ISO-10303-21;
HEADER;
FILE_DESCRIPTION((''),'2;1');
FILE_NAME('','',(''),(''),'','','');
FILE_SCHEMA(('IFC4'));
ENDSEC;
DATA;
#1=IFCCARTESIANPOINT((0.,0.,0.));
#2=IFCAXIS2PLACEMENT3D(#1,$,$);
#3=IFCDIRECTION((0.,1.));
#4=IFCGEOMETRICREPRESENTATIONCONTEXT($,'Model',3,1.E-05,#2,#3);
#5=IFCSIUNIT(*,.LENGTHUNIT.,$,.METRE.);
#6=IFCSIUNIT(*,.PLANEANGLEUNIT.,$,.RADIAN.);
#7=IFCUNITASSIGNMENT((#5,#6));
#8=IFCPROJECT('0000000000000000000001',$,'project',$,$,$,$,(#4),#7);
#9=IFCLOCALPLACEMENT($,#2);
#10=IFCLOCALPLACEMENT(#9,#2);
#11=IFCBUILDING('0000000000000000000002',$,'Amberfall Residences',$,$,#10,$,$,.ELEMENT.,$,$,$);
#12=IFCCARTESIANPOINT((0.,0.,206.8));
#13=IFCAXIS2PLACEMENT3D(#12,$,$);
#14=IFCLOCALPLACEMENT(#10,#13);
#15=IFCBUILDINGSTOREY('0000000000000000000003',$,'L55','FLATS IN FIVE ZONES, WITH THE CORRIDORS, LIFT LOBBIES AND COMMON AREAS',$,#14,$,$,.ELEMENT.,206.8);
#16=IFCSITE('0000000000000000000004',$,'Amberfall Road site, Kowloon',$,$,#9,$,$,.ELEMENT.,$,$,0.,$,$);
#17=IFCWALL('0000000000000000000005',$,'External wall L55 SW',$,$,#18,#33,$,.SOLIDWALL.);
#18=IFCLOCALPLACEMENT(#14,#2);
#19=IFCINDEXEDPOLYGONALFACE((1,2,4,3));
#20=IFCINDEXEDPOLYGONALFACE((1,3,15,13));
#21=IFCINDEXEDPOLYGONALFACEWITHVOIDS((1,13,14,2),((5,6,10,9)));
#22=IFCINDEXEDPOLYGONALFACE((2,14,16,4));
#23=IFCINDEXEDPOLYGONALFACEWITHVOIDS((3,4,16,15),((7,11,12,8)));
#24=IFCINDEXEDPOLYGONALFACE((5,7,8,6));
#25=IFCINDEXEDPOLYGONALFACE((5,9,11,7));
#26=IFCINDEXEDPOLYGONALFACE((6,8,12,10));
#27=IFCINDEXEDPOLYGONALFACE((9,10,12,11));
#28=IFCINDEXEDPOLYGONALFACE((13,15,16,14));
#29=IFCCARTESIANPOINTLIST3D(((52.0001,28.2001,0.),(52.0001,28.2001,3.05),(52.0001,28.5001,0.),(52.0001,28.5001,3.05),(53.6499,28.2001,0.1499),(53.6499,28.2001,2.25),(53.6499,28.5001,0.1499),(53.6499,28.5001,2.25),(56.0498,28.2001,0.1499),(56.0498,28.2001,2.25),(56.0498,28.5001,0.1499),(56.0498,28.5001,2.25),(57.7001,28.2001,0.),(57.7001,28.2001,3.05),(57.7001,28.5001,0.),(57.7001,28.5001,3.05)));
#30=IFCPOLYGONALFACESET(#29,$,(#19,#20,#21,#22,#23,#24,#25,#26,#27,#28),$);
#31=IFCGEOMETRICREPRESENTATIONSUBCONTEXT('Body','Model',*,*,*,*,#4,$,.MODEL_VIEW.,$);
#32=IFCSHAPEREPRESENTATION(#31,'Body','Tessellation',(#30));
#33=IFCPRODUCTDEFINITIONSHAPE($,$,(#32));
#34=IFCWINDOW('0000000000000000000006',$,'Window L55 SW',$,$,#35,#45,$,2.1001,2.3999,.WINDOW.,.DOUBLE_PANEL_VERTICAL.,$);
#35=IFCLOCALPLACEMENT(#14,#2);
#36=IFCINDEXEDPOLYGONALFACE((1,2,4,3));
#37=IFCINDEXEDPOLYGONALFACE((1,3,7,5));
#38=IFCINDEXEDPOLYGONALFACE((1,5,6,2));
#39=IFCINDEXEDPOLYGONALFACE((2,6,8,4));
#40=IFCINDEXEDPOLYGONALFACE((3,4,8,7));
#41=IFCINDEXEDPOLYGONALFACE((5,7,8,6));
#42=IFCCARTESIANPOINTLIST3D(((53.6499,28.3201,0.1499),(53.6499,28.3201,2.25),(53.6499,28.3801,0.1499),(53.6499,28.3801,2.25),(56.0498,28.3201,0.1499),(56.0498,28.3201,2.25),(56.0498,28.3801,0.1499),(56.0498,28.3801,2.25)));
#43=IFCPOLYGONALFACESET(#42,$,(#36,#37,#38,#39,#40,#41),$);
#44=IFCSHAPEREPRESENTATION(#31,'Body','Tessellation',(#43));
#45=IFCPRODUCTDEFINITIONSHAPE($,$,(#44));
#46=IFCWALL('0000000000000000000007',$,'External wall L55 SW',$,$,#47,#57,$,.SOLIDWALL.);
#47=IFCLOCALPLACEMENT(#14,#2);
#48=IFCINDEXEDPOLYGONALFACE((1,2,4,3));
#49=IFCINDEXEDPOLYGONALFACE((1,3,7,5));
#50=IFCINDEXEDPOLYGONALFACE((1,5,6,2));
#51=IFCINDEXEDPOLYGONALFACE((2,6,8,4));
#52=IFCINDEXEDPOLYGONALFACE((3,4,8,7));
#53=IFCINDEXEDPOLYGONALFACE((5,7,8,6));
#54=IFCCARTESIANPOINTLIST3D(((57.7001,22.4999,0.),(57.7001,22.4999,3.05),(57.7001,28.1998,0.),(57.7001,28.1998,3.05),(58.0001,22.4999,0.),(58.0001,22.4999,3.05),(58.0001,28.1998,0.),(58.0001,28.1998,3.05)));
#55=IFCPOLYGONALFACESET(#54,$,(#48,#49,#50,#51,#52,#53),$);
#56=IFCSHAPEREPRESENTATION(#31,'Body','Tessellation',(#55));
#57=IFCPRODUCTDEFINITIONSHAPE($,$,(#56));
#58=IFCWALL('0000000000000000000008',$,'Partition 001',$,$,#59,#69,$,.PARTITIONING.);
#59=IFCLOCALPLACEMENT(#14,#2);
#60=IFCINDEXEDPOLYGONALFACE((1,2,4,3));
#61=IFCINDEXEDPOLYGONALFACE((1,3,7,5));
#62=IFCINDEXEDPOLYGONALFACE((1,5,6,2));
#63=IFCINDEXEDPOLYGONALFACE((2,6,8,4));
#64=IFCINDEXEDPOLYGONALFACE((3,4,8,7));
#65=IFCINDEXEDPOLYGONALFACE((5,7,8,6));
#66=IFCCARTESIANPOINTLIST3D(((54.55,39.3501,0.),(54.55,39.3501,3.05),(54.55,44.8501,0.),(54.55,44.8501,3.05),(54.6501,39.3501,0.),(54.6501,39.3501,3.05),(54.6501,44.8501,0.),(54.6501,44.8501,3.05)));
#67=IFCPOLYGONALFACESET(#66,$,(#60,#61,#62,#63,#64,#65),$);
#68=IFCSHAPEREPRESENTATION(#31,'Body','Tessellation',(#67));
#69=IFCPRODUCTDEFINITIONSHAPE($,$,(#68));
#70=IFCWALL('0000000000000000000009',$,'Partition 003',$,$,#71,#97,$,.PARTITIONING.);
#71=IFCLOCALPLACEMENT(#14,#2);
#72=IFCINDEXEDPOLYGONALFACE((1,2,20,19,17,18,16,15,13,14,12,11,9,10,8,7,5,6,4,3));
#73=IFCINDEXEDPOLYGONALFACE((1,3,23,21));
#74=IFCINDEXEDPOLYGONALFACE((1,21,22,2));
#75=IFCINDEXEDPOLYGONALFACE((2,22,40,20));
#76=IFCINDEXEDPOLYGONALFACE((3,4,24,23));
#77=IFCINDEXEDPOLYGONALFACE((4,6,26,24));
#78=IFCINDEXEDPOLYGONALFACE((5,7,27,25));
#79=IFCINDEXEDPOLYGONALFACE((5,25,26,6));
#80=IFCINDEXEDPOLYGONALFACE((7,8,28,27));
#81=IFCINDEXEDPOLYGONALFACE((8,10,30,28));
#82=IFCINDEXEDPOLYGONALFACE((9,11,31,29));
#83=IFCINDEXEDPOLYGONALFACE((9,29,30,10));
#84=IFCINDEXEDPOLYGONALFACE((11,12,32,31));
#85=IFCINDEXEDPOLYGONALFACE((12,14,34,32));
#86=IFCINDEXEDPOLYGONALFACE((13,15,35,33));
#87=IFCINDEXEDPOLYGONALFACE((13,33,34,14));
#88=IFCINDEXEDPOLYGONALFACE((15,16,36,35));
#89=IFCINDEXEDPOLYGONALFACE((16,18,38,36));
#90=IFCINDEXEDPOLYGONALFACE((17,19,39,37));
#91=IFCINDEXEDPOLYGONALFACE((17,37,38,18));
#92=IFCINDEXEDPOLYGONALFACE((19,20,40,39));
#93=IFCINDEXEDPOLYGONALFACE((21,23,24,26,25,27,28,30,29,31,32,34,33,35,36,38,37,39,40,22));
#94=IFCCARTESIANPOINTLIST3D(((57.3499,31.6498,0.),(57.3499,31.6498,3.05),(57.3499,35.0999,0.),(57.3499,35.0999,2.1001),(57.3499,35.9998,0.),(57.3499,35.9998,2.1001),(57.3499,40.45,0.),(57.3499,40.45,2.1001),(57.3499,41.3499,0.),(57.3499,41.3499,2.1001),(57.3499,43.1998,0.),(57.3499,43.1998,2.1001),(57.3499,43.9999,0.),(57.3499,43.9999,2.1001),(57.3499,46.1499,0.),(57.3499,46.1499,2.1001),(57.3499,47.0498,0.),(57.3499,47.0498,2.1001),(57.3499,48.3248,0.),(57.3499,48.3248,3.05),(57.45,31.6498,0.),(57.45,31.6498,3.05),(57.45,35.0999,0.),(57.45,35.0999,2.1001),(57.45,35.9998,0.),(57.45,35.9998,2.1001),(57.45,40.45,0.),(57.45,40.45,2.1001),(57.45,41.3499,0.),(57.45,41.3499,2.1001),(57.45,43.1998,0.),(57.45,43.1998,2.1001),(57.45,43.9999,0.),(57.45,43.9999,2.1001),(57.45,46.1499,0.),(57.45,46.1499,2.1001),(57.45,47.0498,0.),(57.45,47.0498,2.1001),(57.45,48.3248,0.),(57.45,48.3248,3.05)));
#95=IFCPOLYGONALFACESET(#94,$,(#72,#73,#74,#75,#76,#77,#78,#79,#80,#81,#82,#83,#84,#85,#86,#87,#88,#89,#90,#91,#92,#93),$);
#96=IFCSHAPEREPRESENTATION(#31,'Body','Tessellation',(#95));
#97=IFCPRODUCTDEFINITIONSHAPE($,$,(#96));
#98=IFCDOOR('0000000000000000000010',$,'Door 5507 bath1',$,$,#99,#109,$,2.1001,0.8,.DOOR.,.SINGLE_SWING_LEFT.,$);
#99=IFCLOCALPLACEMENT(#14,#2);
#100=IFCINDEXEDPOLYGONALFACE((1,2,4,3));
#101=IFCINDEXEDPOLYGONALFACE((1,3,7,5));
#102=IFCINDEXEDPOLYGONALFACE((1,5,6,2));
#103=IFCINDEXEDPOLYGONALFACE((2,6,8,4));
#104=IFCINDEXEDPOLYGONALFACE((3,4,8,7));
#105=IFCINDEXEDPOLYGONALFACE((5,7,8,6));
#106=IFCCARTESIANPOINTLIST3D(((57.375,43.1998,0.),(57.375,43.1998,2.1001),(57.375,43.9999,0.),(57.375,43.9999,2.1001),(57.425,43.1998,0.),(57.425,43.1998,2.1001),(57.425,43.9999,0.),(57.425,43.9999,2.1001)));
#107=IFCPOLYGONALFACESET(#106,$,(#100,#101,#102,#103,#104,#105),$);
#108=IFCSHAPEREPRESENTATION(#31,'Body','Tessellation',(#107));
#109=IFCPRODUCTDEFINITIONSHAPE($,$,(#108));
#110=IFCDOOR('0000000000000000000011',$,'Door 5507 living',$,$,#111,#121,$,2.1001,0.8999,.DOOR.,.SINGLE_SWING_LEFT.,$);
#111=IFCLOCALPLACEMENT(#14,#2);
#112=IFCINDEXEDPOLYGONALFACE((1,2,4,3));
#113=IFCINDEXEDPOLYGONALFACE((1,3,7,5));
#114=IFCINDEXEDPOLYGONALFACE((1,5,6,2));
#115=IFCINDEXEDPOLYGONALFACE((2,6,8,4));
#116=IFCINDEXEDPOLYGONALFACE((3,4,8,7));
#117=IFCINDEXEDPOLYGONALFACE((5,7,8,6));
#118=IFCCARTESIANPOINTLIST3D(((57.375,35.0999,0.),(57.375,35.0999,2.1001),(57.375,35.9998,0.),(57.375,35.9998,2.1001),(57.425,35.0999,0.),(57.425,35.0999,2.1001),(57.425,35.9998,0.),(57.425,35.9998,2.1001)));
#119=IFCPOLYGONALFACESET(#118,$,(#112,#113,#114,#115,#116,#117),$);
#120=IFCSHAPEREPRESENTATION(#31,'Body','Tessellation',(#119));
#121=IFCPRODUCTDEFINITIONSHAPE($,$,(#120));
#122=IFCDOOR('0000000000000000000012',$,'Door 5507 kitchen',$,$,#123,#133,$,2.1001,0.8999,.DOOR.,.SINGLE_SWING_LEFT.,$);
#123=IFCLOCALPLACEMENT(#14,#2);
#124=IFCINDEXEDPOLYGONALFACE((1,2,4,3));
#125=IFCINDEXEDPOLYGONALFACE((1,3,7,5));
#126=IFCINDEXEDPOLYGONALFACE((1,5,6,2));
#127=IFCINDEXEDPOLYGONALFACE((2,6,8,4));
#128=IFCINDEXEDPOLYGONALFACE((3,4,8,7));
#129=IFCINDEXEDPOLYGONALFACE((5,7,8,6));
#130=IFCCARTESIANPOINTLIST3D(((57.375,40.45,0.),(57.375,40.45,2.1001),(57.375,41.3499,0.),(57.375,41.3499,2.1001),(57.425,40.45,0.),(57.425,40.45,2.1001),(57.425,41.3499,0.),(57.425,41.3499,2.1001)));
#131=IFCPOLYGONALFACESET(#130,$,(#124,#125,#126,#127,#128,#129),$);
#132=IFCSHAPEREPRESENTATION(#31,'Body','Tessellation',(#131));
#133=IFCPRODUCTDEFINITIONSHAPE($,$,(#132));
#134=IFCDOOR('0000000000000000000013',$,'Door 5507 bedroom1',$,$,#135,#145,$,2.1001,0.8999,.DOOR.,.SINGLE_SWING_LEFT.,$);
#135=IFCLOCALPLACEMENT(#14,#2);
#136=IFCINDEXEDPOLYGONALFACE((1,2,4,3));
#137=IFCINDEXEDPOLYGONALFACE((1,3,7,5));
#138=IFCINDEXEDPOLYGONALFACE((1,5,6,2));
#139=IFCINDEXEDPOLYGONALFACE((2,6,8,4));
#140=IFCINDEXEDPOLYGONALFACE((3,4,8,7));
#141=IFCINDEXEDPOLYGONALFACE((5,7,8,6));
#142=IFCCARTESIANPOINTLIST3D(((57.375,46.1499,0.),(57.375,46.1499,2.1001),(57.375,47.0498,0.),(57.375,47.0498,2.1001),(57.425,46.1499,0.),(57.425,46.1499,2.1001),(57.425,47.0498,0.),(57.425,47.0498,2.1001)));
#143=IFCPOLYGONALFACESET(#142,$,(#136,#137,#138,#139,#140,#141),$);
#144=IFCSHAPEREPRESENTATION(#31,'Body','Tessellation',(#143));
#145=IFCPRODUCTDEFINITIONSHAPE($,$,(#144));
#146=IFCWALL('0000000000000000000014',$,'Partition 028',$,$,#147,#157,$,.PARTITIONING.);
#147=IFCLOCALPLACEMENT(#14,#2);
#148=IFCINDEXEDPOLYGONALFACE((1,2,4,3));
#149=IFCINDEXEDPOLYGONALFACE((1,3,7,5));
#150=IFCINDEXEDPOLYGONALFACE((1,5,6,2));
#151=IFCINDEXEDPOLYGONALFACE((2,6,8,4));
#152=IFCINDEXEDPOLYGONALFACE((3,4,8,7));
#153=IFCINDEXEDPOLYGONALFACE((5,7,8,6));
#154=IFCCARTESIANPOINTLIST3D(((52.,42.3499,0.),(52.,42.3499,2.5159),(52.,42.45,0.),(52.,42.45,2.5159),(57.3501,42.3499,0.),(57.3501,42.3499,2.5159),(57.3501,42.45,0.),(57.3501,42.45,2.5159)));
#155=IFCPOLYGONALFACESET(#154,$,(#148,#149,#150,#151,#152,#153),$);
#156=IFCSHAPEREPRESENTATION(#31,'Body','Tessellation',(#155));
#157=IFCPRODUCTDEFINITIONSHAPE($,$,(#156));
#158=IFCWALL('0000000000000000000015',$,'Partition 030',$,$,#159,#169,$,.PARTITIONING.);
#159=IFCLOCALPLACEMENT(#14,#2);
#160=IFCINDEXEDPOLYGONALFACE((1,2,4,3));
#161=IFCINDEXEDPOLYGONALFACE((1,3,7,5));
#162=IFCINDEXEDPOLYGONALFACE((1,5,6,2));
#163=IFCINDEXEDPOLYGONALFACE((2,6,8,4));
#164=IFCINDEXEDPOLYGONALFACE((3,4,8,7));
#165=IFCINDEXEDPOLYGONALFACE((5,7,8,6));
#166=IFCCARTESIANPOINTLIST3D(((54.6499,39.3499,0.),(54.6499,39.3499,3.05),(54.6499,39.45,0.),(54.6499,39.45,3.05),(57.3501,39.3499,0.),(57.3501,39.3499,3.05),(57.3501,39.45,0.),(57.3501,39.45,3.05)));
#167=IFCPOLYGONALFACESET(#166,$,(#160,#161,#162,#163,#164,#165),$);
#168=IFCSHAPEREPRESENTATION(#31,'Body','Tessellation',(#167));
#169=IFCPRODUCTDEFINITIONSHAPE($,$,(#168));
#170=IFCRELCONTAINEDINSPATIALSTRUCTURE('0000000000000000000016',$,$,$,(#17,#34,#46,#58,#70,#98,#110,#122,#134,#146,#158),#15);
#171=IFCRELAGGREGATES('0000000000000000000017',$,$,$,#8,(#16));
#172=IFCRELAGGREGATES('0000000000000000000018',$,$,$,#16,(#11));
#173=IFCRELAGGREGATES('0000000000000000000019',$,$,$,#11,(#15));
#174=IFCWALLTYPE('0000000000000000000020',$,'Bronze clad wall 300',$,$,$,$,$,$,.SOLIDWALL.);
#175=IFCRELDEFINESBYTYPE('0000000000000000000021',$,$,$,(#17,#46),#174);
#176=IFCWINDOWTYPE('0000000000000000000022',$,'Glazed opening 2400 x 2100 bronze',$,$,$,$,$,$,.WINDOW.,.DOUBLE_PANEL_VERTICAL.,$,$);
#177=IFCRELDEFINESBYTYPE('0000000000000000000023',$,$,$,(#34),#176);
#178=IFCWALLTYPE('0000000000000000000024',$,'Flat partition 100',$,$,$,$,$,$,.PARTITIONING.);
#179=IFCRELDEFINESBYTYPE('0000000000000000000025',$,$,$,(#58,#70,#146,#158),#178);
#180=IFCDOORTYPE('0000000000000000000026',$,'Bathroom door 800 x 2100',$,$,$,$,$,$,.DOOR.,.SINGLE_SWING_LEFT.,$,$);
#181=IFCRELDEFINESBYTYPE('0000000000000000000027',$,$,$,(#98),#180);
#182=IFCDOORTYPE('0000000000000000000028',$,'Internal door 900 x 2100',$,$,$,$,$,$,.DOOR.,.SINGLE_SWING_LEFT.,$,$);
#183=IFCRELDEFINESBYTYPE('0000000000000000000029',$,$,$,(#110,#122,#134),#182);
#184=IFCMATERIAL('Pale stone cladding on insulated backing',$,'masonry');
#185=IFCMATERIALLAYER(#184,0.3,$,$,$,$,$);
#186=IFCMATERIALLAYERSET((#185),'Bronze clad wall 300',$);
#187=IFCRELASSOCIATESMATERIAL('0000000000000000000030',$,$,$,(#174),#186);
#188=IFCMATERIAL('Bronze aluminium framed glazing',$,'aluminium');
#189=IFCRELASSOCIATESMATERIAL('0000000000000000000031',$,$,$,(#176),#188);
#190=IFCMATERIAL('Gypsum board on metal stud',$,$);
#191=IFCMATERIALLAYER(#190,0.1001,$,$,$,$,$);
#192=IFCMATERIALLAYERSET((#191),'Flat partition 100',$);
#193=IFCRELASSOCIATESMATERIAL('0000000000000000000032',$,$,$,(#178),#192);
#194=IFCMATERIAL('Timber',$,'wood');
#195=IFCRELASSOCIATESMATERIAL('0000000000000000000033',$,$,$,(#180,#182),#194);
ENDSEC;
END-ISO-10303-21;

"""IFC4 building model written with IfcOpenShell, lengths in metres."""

from ifc_helpers import new_model, si_unit, direction, frame, frame_2d, origin, place, context, subcontext, project, spatial, rectangle, extrude, material, layer, layer_set, type_object, element, fill, save


model = new_model("IFC4")

# Units and contexts
model_context = context("Model", 3, precision=1e-05, world=origin(), true_north=direction((0.0, 1.0)))
body_context = subcontext(model_context, "Body", "Model", "MODEL_VIEW")
ifc_project = project(units=[si_unit("LENGTHUNIT", "METRE"), si_unit("PLANEANGLEUNIT", "RADIAN")], contexts=[model_context])

# Site, building, storey
site_placement = place(None, origin())
site = spatial("IfcSite", under=ifc_project, at=site_placement, Name="Amberfall Road site, Kowloon", CompositionType="ELEMENT", RefElevation=0.0)
building_placement = place(site_placement, origin())
building = spatial("IfcBuilding", under=site, at=building_placement, Name="Amberfall Residences", CompositionType="ELEMENT")
storey_placement = place(building_placement, frame((0.0, 0.0, 206.8)))
storey = spatial("IfcBuildingStorey", under=building, at=storey_placement, Name="L55", Description="FLATS IN FIVE ZONES, WITH THE CORRIDORS, LIFT LOBBIES AND COMMON AREAS", CompositionType="ELEMENT", Elevation=206.8)

# Wall, opening, window
ifc_material_1 = material(Name="Pale stone cladding on insulated backing", Category="masonry")
ifc_layer_1 = layer(ifc_material_1, 0.3)
ifc_layer_set_1 = layer_set([ifc_layer_1], Name="Bronze clad wall 300")
wall_type_1 = type_object("IfcWallType", Name="Bronze clad wall 300", PredefinedType="SOLIDWALL", material=ifc_layer_set_1)
wall_1_placement = place(storey_placement, frame((52.0, 28.3501, 0.0), z_axis=(0.0, 0.0, 1.0), x_axis=(1.0, 0.0, 0.0)))
wall_1 = element("IfcWall", 1, at=wall_1_placement, inside=storey, type_object=wall_type_1, Name="External wall L55 SW", PredefinedType="SOLIDWALL", context=body_context, shape_type="SweptSolid", body=[
    extrude(rectangle(XDim=5.7, YDim=0.3, at=frame_2d((2.8501, 0.0))), origin(), (0.0, 0.0, 1.0), 3.05),
])
opening_1_placement = place(wall_1_placement, frame((1.6499, 0.0, 0.1499)))
opening_1 = element("IfcOpeningElement", 2, at=opening_1_placement, cuts=wall_1, PredefinedType="OPENING", context=body_context, shape_type="SweptSolid", body=[
    extrude(rectangle(XDim=2.3999, YDim=2.1001, at=frame_2d((1.2, 1.05))), frame((0.0, 0.1599, 0.0), z_axis=(0.0, -1.0, 0.0), x_axis=(1.0, 0.0, 0.0)), (0.0, 0.0, 1.0), 0.3201),
])
ifc_material_2 = material(Name="Bronze aluminium framed glazing", Category="aluminium")
window_type = type_object("IfcWindowType", Name="Glazed opening 2400 x 2100 bronze", PartitioningType="DOUBLE_PANEL_VERTICAL", PredefinedType="WINDOW", material=ifc_material_2)
window_placement = place(opening_1_placement, origin())
window = element("IfcWindow", 3, at=window_placement, inside=storey, type_object=window_type, Name="Window L55 SW", OverallHeight=2.1001, OverallWidth=2.3999, PartitioningType="DOUBLE_PANEL_VERTICAL", PredefinedType="WINDOW", context=body_context, shape_type="SweptSolid", body=[
    extrude(rectangle(XDim=2.3999, YDim=2.1001, at=frame_2d((1.2, 1.05))), frame((0.0, 0.03, 0.0), z_axis=(0.0, -1.0, 0.0), x_axis=(1.0, 0.0, 0.0)), (0.0, 0.0, 1.0), 0.0601),
])
fill(opening_1, window)

# Walls
wall_2_placement = place(storey_placement, frame((57.8501, 28.2, 0.0), z_axis=(0.0, 0.0, 1.0), x_axis=(0.0, -1.0, 0.0)))
element("IfcWall", 4, at=wall_2_placement, inside=storey, type_object=wall_type_1, Name="External wall L55 SW", PredefinedType="SOLIDWALL", context=body_context, shape_type="SweptSolid", body=[
    extrude(rectangle(XDim=5.7, YDim=0.3, at=frame_2d((2.8501, 0.0))), origin(), (0.0, 0.0, 1.0), 3.05),
])
ifc_material_3 = material(Name="Gypsum board on metal stud")
ifc_layer_2 = layer(ifc_material_3, 0.1001)
ifc_layer_set_2 = layer_set([ifc_layer_2], Name="Flat partition 100")
wall_type_2 = type_object("IfcWallType", Name="Flat partition 100", PredefinedType="PARTITIONING", material=ifc_layer_set_2)
wall_3_placement = place(storey_placement, frame((54.6001, 39.3501, 0.0), z_axis=(0.0, 0.0, 1.0), x_axis=(0.0, 1.0, 0.0)))
element("IfcWall", 5, at=wall_3_placement, inside=storey, type_object=wall_type_2, Name="Partition 001", PredefinedType="PARTITIONING", context=body_context, shape_type="SweptSolid", body=[
    extrude(rectangle(XDim=5.5, YDim=0.1001, at=frame_2d((2.75, 0.0))), origin(), (0.0, 0.0, 1.0), 3.05),
])

# Wall, openings, doors
wall_4_placement = place(storey_placement, frame((57.3999, 31.6499, 0.0), z_axis=(0.0, 0.0, 1.0), x_axis=(0.0, 1.0, 0.0)))
wall_4 = element("IfcWall", 6, at=wall_4_placement, inside=storey, type_object=wall_type_2, Name="Partition 003", PredefinedType="PARTITIONING", context=body_context, shape_type="SweptSolid", body=[
    extrude(rectangle(XDim=16.675, YDim=0.1001, at=frame_2d((8.3374, 0.0))), origin(), (0.0, 0.0, 1.0), 3.05),
])
opening_2_placement = place(wall_4_placement, frame((3.45, 0.0, 0.0)))
opening_2 = element("IfcOpeningElement", 7, at=opening_2_placement, cuts=wall_4, PredefinedType="OPENING", context=body_context, shape_type="SweptSolid", body=[
    extrude(rectangle(XDim=0.8999, YDim=2.1001, at=frame_2d((0.45, 1.05))), frame((0.0, 0.0601, 0.0), z_axis=(0.0, -1.0, 0.0), x_axis=(1.0, 0.0, 0.0)), (0.0, 0.0, 1.0), 0.1201),
])
opening_3_placement = place(wall_4_placement, frame((8.8, 0.0, 0.0)))
opening_3 = element("IfcOpeningElement", 8, at=opening_3_placement, cuts=wall_4, PredefinedType="OPENING", context=body_context, shape_type="SweptSolid", body=[
    extrude(rectangle(XDim=0.8999, YDim=2.1001, at=frame_2d((0.45, 1.05))), frame((0.0, 0.0601, 0.0), z_axis=(0.0, -1.0, 0.0), x_axis=(1.0, 0.0, 0.0)), (0.0, 0.0, 1.0), 0.1201),
])
opening_4_placement = place(wall_4_placement, frame((14.5, 0.0, 0.0)))
opening_4 = element("IfcOpeningElement", 9, at=opening_4_placement, cuts=wall_4, PredefinedType="OPENING", context=body_context, shape_type="SweptSolid", body=[
    extrude(rectangle(XDim=0.8999, YDim=2.1001, at=frame_2d((0.45, 1.05))), frame((0.0, 0.0601, 0.0), z_axis=(0.0, -1.0, 0.0), x_axis=(1.0, 0.0, 0.0)), (0.0, 0.0, 1.0), 0.1201),
])
opening_5_placement = place(wall_4_placement, frame((11.55, 0.0, 0.0)))
opening_5 = element("IfcOpeningElement", 10, at=opening_5_placement, cuts=wall_4, PredefinedType="OPENING", context=body_context, shape_type="SweptSolid", body=[
    extrude(rectangle(XDim=0.8, YDim=2.1001, at=frame_2d((0.3999, 1.05))), frame((0.0, 0.0601, 0.0), z_axis=(0.0, -1.0, 0.0), x_axis=(1.0, 0.0, 0.0)), (0.0, 0.0, 1.0), 0.1201),
])
ifc_material_4 = material(Name="Timber", Category="wood")
door_type_1 = type_object("IfcDoorType", Name="Bathroom door 800 x 2100", OperationType="SINGLE_SWING_LEFT", PredefinedType="DOOR", material=ifc_material_4)
door_1_placement = place(opening_5_placement, origin())
door_1 = element("IfcDoor", 11, at=door_1_placement, inside=storey, type_object=door_type_1, Name="Door 5507 bath1", OperationType="SINGLE_SWING_LEFT", OverallHeight=2.1001, OverallWidth=0.8, PredefinedType="DOOR", context=body_context, shape_type="SweptSolid", body=[
    extrude(rectangle(XDim=0.8, YDim=2.1001, at=frame_2d((0.3999, 1.05))), frame((0.0, 0.0249, 0.0), z_axis=(0.0, -1.0, 0.0), x_axis=(1.0, 0.0, 0.0)), (0.0, 0.0, 1.0), 0.05),
])
fill(opening_5, door_1)
door_type_2 = type_object("IfcDoorType", Name="Internal door 900 x 2100", OperationType="SINGLE_SWING_LEFT", PredefinedType="DOOR", material=ifc_material_4)
door_2_placement = place(opening_2_placement, origin())
door_2 = element("IfcDoor", 12, at=door_2_placement, inside=storey, type_object=door_type_2, Name="Door 5507 living", OperationType="SINGLE_SWING_LEFT", OverallHeight=2.1001, OverallWidth=0.8999, PredefinedType="DOOR", context=body_context, shape_type="SweptSolid", body=[
    extrude(rectangle(XDim=0.8999, YDim=2.1001, at=frame_2d((0.45, 1.05))), frame((0.0, 0.0249, 0.0), z_axis=(0.0, -1.0, 0.0), x_axis=(1.0, 0.0, 0.0)), (0.0, 0.0, 1.0), 0.05),
])
fill(opening_2, door_2)
door_3_placement = place(opening_3_placement, origin())
door_3 = element("IfcDoor", 13, at=door_3_placement, inside=storey, type_object=door_type_2, Name="Door 5507 kitchen", OperationType="SINGLE_SWING_LEFT", OverallHeight=2.1001, OverallWidth=0.8999, PredefinedType="DOOR", context=body_context, shape_type="SweptSolid", body=[
    extrude(rectangle(XDim=0.8999, YDim=2.1001, at=frame_2d((0.45, 1.05))), frame((0.0, 0.0249, 0.0), z_axis=(0.0, -1.0, 0.0), x_axis=(1.0, 0.0, 0.0)), (0.0, 0.0, 1.0), 0.05),
])
fill(opening_3, door_3)
door_4_placement = place(opening_4_placement, origin())
door_4 = element("IfcDoor", 14, at=door_4_placement, inside=storey, type_object=door_type_2, Name="Door 5507 bedroom1", OperationType="SINGLE_SWING_LEFT", OverallHeight=2.1001, OverallWidth=0.8999, PredefinedType="DOOR", context=body_context, shape_type="SweptSolid", body=[
    extrude(rectangle(XDim=0.8999, YDim=2.1001, at=frame_2d((0.45, 1.05))), frame((0.0, 0.0249, 0.0), z_axis=(0.0, -1.0, 0.0), x_axis=(1.0, 0.0, 0.0)), (0.0, 0.0, 1.0), 0.05),
])
fill(opening_4, door_4)

# Walls
wall_5_placement = place(storey_placement, frame((52.0, 42.3999, 0.0), z_axis=(0.0, 0.0, 1.0), x_axis=(1.0, 0.0, 0.0)))
element("IfcWall", 15, at=wall_5_placement, inside=storey, type_object=wall_type_2, Name="Partition 028", PredefinedType="PARTITIONING", context=body_context, shape_type="SweptSolid", body=[
    extrude(rectangle(XDim=5.3501, YDim=0.1001, at=frame_2d((2.675, 0.0))), origin(), (0.0, 0.0, 1.0), 2.5159),
])
wall_6_placement = place(storey_placement, frame((54.6499, 39.3999, 0.0), z_axis=(0.0, 0.0, 1.0), x_axis=(1.0, 0.0, 0.0)))
element("IfcWall", 16, at=wall_6_placement, inside=storey, type_object=wall_type_2, Name="Partition 030", PredefinedType="PARTITIONING", context=body_context, shape_type="SweptSolid", body=[
    extrude(rectangle(XDim=2.7002, YDim=0.1001, at=frame_2d((1.3501, 0.0))), origin(), (0.0, 0.0, 1.0), 3.05),
])

save(model, "model.ifc")
